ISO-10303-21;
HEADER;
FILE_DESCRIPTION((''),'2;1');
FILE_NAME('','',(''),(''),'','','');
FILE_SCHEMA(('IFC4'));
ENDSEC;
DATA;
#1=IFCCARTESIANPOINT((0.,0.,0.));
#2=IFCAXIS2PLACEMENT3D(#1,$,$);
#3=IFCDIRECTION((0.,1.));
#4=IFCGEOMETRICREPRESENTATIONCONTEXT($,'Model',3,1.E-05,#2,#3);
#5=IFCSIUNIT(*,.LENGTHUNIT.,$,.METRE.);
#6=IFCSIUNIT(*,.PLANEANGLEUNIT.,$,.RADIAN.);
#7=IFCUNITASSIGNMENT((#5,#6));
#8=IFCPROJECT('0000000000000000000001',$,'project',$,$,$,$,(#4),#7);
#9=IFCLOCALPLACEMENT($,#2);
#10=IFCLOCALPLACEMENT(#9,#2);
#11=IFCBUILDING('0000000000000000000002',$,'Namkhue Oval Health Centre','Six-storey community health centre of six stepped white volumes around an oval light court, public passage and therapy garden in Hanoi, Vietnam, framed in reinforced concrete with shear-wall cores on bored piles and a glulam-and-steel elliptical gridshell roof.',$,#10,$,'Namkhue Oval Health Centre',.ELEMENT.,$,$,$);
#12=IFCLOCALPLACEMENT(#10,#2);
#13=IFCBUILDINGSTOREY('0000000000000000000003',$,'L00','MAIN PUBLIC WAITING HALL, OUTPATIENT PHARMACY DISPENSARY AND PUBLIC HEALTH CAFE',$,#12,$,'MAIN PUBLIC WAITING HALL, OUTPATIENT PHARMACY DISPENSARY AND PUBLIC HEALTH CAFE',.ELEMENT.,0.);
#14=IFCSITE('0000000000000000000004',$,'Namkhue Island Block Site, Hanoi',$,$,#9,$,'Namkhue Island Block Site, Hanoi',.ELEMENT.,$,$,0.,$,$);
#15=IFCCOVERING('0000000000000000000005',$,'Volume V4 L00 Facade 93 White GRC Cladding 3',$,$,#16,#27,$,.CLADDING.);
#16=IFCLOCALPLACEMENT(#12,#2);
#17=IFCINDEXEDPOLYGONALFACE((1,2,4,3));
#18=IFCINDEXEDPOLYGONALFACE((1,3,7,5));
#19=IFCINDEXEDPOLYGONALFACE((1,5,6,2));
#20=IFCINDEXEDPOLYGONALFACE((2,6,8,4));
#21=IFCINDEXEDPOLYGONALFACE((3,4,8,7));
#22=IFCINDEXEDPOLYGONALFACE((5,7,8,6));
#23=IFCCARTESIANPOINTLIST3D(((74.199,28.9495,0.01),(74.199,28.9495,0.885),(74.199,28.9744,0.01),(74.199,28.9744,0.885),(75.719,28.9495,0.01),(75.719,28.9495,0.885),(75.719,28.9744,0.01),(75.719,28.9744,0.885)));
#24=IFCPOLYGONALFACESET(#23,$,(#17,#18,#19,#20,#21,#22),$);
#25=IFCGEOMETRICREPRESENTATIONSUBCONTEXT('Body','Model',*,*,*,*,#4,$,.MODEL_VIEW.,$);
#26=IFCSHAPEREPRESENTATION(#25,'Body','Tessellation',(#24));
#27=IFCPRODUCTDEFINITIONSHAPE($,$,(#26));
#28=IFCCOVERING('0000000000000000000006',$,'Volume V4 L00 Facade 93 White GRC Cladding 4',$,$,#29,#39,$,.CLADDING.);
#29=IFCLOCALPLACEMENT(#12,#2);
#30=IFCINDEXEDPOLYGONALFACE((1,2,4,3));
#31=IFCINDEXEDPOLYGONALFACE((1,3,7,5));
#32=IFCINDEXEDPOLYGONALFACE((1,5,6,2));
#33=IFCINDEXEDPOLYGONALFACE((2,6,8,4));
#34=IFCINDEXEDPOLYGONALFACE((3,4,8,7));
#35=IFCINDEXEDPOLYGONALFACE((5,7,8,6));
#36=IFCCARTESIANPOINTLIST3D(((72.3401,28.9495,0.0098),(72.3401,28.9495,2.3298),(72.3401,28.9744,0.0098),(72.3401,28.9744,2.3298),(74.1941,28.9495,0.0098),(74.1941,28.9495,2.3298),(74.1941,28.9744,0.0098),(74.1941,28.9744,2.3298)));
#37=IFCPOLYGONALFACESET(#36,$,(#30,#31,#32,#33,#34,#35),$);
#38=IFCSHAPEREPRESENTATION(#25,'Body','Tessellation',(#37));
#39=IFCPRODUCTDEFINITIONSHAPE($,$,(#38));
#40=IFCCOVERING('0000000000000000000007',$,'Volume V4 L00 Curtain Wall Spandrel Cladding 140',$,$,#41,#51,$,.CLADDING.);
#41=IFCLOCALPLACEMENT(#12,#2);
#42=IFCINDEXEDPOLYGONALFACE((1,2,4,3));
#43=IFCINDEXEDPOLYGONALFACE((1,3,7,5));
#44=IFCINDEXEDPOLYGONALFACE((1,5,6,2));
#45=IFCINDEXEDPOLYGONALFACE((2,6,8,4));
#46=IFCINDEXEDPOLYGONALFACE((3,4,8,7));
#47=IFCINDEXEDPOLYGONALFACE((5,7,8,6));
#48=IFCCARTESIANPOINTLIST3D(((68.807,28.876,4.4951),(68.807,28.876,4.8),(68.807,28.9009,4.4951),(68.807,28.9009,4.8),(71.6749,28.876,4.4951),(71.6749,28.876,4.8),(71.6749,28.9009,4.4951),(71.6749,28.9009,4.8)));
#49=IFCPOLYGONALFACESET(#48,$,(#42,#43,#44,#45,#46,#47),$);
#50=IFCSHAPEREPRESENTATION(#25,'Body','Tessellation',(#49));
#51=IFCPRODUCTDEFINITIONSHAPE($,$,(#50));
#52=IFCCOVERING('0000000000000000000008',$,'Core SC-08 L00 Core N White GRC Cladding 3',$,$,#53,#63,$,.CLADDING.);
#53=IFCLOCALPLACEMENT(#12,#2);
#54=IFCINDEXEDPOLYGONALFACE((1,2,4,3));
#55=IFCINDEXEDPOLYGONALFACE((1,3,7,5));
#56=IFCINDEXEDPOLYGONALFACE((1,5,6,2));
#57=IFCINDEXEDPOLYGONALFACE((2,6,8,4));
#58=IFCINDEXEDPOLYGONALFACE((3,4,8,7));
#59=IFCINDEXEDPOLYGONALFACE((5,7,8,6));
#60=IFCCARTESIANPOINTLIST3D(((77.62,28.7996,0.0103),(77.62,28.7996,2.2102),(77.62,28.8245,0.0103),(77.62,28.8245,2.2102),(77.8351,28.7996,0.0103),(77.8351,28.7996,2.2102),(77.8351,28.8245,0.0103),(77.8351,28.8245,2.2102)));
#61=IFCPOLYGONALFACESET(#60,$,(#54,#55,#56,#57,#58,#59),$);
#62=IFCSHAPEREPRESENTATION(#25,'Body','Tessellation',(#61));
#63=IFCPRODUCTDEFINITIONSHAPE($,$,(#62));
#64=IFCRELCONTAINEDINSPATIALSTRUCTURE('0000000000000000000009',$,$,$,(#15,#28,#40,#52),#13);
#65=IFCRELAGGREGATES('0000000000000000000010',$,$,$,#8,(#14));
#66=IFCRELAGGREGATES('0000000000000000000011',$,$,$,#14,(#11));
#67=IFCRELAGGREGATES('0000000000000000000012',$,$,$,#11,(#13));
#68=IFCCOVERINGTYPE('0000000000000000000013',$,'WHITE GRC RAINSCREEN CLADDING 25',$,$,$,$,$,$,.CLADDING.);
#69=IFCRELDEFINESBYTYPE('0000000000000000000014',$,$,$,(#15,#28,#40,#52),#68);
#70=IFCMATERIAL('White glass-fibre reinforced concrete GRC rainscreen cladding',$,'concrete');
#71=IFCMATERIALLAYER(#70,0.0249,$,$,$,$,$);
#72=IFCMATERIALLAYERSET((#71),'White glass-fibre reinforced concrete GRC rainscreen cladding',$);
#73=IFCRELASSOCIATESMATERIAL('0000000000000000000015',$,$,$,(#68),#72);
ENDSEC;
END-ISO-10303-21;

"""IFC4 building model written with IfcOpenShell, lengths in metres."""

from ifc_helpers import new_model, si_unit, direction, frame, origin, origin_2d, place, context, subcontext, project, spatial, rectangle, extrude, material, layer, layer_set, type_object, element, save


model = new_model("IFC4")

# Units and contexts
model_context = context("Model", 3, precision=1e-05, world=origin(), true_north=direction((0.0, 1.0)))
body_context = subcontext(model_context, "Body", "Model", "MODEL_VIEW")
ifc_project = project(units=[si_unit("LENGTHUNIT", "METRE"), si_unit("PLANEANGLEUNIT", "RADIAN")], contexts=[model_context])

# Site, building, storey
site_placement = place(None, origin())
site = spatial("IfcSite", under=ifc_project, at=site_placement, Name="Namkhue Island Block Site, Hanoi", LongName="Namkhue Island Block Site, Hanoi", CompositionType="ELEMENT", RefElevation=0.0)
building_placement = place(site_placement, origin())
building = spatial("IfcBuilding", under=site, at=building_placement, Name="Namkhue Oval Health Centre", Description="Six-storey community health centre of six stepped white volumes around an oval light court, public passage and therapy garden in Hanoi, Vietnam, framed in reinforced concrete with shear-wall cores on bored piles and a glulam-and-steel elliptical gridshell roof.", LongName="Namkhue Oval Health Centre", CompositionType="ELEMENT")
storey_placement = place(building_placement, origin())
storey = spatial("IfcBuildingStorey", under=building, at=storey_placement, Name="L00", Description="MAIN PUBLIC WAITING HALL, OUTPATIENT PHARMACY DISPENSARY AND PUBLIC HEALTH CAFE", LongName="MAIN PUBLIC WAITING HALL, OUTPATIENT PHARMACY DISPENSARY AND PUBLIC HEALTH CAFE", CompositionType="ELEMENT", Elevation=0.0)

# Coverings
ifc_material_1 = material(Name="White glass-fibre reinforced concrete GRC rainscreen cladding", Category="concrete")
ifc_layer_1 = layer(ifc_material_1, 0.0249)
ifc_layer_set_1 = layer_set([ifc_layer_1], Name="White glass-fibre reinforced concrete GRC rainscreen cladding")
covering_type = type_object("IfcCoveringType", Name="WHITE GRC RAINSCREEN CLADDING 25", PredefinedType="CLADDING", material=ifc_layer_set_1)
covering_1_placement = place(storey_placement, frame((74.959, 28.9619, 0.01), z_axis=(0.0, 0.0, 1.0), x_axis=(-1.0, 0.0, 0.0)))
element("IfcCovering", 1, at=covering_1_placement, inside=storey, type_object=covering_type, Name="Volume V4 L00 Facade 93 White GRC Cladding 3", PredefinedType="CLADDING", context=body_context, shape_type="SweptSolid", body=[
    extrude(rectangle(XDim=1.52, YDim=0.0249, at=origin_2d()), origin(), (0.0, 0.0, 1.0), 0.875),
])
covering_2_placement = place(storey_placement, frame((73.2671, 28.9619, 0.0098), z_axis=(0.0, 0.0, 1.0), x_axis=(-1.0, 0.0, 0.0)))
element("IfcCovering", 2, at=covering_2_placement, inside=storey, type_object=covering_type, Name="Volume V4 L00 Facade 93 White GRC Cladding 4", PredefinedType="CLADDING", context=body_context, shape_type="SweptSolid", body=[
    extrude(rectangle(XDim=1.854, YDim=0.0249, at=origin_2d()), origin(), (0.0, 0.0, 1.0), 2.3201),
])
covering_3_placement = place(storey_placement, frame((70.241, 28.8884, 4.4951), z_axis=(0.0, 0.0, 1.0), x_axis=(-1.0, 0.0, 0.0)))
element("IfcCovering", 3, at=covering_3_placement, inside=storey, type_object=covering_type, Name="Volume V4 L00 Curtain Wall Spandrel Cladding 140", PredefinedType="CLADDING", context=body_context, shape_type="SweptSolid", body=[
    extrude(rectangle(XDim=2.8679, YDim=0.0249, at=origin_2d()), origin(), (0.0, 0.0, 1.0), 0.3049),
])
covering_4_placement = place(storey_placement, frame((77.7275, 28.812, 0.0103), z_axis=(0.0, 0.0, 1.0), x_axis=(-1.0, 0.0, 0.0)))
element("IfcCovering", 4, at=covering_4_placement, inside=storey, type_object=covering_type, Name="Core SC-08 L00 Core N White GRC Cladding 3", PredefinedType="CLADDING", context=body_context, shape_type="SweptSolid", body=[
    extrude(rectangle(XDim=0.2151, YDim=0.0249, at=origin_2d()), origin(), (0.0, 0.0, 1.0), 2.2),
])

save(model, "model.ifc")
